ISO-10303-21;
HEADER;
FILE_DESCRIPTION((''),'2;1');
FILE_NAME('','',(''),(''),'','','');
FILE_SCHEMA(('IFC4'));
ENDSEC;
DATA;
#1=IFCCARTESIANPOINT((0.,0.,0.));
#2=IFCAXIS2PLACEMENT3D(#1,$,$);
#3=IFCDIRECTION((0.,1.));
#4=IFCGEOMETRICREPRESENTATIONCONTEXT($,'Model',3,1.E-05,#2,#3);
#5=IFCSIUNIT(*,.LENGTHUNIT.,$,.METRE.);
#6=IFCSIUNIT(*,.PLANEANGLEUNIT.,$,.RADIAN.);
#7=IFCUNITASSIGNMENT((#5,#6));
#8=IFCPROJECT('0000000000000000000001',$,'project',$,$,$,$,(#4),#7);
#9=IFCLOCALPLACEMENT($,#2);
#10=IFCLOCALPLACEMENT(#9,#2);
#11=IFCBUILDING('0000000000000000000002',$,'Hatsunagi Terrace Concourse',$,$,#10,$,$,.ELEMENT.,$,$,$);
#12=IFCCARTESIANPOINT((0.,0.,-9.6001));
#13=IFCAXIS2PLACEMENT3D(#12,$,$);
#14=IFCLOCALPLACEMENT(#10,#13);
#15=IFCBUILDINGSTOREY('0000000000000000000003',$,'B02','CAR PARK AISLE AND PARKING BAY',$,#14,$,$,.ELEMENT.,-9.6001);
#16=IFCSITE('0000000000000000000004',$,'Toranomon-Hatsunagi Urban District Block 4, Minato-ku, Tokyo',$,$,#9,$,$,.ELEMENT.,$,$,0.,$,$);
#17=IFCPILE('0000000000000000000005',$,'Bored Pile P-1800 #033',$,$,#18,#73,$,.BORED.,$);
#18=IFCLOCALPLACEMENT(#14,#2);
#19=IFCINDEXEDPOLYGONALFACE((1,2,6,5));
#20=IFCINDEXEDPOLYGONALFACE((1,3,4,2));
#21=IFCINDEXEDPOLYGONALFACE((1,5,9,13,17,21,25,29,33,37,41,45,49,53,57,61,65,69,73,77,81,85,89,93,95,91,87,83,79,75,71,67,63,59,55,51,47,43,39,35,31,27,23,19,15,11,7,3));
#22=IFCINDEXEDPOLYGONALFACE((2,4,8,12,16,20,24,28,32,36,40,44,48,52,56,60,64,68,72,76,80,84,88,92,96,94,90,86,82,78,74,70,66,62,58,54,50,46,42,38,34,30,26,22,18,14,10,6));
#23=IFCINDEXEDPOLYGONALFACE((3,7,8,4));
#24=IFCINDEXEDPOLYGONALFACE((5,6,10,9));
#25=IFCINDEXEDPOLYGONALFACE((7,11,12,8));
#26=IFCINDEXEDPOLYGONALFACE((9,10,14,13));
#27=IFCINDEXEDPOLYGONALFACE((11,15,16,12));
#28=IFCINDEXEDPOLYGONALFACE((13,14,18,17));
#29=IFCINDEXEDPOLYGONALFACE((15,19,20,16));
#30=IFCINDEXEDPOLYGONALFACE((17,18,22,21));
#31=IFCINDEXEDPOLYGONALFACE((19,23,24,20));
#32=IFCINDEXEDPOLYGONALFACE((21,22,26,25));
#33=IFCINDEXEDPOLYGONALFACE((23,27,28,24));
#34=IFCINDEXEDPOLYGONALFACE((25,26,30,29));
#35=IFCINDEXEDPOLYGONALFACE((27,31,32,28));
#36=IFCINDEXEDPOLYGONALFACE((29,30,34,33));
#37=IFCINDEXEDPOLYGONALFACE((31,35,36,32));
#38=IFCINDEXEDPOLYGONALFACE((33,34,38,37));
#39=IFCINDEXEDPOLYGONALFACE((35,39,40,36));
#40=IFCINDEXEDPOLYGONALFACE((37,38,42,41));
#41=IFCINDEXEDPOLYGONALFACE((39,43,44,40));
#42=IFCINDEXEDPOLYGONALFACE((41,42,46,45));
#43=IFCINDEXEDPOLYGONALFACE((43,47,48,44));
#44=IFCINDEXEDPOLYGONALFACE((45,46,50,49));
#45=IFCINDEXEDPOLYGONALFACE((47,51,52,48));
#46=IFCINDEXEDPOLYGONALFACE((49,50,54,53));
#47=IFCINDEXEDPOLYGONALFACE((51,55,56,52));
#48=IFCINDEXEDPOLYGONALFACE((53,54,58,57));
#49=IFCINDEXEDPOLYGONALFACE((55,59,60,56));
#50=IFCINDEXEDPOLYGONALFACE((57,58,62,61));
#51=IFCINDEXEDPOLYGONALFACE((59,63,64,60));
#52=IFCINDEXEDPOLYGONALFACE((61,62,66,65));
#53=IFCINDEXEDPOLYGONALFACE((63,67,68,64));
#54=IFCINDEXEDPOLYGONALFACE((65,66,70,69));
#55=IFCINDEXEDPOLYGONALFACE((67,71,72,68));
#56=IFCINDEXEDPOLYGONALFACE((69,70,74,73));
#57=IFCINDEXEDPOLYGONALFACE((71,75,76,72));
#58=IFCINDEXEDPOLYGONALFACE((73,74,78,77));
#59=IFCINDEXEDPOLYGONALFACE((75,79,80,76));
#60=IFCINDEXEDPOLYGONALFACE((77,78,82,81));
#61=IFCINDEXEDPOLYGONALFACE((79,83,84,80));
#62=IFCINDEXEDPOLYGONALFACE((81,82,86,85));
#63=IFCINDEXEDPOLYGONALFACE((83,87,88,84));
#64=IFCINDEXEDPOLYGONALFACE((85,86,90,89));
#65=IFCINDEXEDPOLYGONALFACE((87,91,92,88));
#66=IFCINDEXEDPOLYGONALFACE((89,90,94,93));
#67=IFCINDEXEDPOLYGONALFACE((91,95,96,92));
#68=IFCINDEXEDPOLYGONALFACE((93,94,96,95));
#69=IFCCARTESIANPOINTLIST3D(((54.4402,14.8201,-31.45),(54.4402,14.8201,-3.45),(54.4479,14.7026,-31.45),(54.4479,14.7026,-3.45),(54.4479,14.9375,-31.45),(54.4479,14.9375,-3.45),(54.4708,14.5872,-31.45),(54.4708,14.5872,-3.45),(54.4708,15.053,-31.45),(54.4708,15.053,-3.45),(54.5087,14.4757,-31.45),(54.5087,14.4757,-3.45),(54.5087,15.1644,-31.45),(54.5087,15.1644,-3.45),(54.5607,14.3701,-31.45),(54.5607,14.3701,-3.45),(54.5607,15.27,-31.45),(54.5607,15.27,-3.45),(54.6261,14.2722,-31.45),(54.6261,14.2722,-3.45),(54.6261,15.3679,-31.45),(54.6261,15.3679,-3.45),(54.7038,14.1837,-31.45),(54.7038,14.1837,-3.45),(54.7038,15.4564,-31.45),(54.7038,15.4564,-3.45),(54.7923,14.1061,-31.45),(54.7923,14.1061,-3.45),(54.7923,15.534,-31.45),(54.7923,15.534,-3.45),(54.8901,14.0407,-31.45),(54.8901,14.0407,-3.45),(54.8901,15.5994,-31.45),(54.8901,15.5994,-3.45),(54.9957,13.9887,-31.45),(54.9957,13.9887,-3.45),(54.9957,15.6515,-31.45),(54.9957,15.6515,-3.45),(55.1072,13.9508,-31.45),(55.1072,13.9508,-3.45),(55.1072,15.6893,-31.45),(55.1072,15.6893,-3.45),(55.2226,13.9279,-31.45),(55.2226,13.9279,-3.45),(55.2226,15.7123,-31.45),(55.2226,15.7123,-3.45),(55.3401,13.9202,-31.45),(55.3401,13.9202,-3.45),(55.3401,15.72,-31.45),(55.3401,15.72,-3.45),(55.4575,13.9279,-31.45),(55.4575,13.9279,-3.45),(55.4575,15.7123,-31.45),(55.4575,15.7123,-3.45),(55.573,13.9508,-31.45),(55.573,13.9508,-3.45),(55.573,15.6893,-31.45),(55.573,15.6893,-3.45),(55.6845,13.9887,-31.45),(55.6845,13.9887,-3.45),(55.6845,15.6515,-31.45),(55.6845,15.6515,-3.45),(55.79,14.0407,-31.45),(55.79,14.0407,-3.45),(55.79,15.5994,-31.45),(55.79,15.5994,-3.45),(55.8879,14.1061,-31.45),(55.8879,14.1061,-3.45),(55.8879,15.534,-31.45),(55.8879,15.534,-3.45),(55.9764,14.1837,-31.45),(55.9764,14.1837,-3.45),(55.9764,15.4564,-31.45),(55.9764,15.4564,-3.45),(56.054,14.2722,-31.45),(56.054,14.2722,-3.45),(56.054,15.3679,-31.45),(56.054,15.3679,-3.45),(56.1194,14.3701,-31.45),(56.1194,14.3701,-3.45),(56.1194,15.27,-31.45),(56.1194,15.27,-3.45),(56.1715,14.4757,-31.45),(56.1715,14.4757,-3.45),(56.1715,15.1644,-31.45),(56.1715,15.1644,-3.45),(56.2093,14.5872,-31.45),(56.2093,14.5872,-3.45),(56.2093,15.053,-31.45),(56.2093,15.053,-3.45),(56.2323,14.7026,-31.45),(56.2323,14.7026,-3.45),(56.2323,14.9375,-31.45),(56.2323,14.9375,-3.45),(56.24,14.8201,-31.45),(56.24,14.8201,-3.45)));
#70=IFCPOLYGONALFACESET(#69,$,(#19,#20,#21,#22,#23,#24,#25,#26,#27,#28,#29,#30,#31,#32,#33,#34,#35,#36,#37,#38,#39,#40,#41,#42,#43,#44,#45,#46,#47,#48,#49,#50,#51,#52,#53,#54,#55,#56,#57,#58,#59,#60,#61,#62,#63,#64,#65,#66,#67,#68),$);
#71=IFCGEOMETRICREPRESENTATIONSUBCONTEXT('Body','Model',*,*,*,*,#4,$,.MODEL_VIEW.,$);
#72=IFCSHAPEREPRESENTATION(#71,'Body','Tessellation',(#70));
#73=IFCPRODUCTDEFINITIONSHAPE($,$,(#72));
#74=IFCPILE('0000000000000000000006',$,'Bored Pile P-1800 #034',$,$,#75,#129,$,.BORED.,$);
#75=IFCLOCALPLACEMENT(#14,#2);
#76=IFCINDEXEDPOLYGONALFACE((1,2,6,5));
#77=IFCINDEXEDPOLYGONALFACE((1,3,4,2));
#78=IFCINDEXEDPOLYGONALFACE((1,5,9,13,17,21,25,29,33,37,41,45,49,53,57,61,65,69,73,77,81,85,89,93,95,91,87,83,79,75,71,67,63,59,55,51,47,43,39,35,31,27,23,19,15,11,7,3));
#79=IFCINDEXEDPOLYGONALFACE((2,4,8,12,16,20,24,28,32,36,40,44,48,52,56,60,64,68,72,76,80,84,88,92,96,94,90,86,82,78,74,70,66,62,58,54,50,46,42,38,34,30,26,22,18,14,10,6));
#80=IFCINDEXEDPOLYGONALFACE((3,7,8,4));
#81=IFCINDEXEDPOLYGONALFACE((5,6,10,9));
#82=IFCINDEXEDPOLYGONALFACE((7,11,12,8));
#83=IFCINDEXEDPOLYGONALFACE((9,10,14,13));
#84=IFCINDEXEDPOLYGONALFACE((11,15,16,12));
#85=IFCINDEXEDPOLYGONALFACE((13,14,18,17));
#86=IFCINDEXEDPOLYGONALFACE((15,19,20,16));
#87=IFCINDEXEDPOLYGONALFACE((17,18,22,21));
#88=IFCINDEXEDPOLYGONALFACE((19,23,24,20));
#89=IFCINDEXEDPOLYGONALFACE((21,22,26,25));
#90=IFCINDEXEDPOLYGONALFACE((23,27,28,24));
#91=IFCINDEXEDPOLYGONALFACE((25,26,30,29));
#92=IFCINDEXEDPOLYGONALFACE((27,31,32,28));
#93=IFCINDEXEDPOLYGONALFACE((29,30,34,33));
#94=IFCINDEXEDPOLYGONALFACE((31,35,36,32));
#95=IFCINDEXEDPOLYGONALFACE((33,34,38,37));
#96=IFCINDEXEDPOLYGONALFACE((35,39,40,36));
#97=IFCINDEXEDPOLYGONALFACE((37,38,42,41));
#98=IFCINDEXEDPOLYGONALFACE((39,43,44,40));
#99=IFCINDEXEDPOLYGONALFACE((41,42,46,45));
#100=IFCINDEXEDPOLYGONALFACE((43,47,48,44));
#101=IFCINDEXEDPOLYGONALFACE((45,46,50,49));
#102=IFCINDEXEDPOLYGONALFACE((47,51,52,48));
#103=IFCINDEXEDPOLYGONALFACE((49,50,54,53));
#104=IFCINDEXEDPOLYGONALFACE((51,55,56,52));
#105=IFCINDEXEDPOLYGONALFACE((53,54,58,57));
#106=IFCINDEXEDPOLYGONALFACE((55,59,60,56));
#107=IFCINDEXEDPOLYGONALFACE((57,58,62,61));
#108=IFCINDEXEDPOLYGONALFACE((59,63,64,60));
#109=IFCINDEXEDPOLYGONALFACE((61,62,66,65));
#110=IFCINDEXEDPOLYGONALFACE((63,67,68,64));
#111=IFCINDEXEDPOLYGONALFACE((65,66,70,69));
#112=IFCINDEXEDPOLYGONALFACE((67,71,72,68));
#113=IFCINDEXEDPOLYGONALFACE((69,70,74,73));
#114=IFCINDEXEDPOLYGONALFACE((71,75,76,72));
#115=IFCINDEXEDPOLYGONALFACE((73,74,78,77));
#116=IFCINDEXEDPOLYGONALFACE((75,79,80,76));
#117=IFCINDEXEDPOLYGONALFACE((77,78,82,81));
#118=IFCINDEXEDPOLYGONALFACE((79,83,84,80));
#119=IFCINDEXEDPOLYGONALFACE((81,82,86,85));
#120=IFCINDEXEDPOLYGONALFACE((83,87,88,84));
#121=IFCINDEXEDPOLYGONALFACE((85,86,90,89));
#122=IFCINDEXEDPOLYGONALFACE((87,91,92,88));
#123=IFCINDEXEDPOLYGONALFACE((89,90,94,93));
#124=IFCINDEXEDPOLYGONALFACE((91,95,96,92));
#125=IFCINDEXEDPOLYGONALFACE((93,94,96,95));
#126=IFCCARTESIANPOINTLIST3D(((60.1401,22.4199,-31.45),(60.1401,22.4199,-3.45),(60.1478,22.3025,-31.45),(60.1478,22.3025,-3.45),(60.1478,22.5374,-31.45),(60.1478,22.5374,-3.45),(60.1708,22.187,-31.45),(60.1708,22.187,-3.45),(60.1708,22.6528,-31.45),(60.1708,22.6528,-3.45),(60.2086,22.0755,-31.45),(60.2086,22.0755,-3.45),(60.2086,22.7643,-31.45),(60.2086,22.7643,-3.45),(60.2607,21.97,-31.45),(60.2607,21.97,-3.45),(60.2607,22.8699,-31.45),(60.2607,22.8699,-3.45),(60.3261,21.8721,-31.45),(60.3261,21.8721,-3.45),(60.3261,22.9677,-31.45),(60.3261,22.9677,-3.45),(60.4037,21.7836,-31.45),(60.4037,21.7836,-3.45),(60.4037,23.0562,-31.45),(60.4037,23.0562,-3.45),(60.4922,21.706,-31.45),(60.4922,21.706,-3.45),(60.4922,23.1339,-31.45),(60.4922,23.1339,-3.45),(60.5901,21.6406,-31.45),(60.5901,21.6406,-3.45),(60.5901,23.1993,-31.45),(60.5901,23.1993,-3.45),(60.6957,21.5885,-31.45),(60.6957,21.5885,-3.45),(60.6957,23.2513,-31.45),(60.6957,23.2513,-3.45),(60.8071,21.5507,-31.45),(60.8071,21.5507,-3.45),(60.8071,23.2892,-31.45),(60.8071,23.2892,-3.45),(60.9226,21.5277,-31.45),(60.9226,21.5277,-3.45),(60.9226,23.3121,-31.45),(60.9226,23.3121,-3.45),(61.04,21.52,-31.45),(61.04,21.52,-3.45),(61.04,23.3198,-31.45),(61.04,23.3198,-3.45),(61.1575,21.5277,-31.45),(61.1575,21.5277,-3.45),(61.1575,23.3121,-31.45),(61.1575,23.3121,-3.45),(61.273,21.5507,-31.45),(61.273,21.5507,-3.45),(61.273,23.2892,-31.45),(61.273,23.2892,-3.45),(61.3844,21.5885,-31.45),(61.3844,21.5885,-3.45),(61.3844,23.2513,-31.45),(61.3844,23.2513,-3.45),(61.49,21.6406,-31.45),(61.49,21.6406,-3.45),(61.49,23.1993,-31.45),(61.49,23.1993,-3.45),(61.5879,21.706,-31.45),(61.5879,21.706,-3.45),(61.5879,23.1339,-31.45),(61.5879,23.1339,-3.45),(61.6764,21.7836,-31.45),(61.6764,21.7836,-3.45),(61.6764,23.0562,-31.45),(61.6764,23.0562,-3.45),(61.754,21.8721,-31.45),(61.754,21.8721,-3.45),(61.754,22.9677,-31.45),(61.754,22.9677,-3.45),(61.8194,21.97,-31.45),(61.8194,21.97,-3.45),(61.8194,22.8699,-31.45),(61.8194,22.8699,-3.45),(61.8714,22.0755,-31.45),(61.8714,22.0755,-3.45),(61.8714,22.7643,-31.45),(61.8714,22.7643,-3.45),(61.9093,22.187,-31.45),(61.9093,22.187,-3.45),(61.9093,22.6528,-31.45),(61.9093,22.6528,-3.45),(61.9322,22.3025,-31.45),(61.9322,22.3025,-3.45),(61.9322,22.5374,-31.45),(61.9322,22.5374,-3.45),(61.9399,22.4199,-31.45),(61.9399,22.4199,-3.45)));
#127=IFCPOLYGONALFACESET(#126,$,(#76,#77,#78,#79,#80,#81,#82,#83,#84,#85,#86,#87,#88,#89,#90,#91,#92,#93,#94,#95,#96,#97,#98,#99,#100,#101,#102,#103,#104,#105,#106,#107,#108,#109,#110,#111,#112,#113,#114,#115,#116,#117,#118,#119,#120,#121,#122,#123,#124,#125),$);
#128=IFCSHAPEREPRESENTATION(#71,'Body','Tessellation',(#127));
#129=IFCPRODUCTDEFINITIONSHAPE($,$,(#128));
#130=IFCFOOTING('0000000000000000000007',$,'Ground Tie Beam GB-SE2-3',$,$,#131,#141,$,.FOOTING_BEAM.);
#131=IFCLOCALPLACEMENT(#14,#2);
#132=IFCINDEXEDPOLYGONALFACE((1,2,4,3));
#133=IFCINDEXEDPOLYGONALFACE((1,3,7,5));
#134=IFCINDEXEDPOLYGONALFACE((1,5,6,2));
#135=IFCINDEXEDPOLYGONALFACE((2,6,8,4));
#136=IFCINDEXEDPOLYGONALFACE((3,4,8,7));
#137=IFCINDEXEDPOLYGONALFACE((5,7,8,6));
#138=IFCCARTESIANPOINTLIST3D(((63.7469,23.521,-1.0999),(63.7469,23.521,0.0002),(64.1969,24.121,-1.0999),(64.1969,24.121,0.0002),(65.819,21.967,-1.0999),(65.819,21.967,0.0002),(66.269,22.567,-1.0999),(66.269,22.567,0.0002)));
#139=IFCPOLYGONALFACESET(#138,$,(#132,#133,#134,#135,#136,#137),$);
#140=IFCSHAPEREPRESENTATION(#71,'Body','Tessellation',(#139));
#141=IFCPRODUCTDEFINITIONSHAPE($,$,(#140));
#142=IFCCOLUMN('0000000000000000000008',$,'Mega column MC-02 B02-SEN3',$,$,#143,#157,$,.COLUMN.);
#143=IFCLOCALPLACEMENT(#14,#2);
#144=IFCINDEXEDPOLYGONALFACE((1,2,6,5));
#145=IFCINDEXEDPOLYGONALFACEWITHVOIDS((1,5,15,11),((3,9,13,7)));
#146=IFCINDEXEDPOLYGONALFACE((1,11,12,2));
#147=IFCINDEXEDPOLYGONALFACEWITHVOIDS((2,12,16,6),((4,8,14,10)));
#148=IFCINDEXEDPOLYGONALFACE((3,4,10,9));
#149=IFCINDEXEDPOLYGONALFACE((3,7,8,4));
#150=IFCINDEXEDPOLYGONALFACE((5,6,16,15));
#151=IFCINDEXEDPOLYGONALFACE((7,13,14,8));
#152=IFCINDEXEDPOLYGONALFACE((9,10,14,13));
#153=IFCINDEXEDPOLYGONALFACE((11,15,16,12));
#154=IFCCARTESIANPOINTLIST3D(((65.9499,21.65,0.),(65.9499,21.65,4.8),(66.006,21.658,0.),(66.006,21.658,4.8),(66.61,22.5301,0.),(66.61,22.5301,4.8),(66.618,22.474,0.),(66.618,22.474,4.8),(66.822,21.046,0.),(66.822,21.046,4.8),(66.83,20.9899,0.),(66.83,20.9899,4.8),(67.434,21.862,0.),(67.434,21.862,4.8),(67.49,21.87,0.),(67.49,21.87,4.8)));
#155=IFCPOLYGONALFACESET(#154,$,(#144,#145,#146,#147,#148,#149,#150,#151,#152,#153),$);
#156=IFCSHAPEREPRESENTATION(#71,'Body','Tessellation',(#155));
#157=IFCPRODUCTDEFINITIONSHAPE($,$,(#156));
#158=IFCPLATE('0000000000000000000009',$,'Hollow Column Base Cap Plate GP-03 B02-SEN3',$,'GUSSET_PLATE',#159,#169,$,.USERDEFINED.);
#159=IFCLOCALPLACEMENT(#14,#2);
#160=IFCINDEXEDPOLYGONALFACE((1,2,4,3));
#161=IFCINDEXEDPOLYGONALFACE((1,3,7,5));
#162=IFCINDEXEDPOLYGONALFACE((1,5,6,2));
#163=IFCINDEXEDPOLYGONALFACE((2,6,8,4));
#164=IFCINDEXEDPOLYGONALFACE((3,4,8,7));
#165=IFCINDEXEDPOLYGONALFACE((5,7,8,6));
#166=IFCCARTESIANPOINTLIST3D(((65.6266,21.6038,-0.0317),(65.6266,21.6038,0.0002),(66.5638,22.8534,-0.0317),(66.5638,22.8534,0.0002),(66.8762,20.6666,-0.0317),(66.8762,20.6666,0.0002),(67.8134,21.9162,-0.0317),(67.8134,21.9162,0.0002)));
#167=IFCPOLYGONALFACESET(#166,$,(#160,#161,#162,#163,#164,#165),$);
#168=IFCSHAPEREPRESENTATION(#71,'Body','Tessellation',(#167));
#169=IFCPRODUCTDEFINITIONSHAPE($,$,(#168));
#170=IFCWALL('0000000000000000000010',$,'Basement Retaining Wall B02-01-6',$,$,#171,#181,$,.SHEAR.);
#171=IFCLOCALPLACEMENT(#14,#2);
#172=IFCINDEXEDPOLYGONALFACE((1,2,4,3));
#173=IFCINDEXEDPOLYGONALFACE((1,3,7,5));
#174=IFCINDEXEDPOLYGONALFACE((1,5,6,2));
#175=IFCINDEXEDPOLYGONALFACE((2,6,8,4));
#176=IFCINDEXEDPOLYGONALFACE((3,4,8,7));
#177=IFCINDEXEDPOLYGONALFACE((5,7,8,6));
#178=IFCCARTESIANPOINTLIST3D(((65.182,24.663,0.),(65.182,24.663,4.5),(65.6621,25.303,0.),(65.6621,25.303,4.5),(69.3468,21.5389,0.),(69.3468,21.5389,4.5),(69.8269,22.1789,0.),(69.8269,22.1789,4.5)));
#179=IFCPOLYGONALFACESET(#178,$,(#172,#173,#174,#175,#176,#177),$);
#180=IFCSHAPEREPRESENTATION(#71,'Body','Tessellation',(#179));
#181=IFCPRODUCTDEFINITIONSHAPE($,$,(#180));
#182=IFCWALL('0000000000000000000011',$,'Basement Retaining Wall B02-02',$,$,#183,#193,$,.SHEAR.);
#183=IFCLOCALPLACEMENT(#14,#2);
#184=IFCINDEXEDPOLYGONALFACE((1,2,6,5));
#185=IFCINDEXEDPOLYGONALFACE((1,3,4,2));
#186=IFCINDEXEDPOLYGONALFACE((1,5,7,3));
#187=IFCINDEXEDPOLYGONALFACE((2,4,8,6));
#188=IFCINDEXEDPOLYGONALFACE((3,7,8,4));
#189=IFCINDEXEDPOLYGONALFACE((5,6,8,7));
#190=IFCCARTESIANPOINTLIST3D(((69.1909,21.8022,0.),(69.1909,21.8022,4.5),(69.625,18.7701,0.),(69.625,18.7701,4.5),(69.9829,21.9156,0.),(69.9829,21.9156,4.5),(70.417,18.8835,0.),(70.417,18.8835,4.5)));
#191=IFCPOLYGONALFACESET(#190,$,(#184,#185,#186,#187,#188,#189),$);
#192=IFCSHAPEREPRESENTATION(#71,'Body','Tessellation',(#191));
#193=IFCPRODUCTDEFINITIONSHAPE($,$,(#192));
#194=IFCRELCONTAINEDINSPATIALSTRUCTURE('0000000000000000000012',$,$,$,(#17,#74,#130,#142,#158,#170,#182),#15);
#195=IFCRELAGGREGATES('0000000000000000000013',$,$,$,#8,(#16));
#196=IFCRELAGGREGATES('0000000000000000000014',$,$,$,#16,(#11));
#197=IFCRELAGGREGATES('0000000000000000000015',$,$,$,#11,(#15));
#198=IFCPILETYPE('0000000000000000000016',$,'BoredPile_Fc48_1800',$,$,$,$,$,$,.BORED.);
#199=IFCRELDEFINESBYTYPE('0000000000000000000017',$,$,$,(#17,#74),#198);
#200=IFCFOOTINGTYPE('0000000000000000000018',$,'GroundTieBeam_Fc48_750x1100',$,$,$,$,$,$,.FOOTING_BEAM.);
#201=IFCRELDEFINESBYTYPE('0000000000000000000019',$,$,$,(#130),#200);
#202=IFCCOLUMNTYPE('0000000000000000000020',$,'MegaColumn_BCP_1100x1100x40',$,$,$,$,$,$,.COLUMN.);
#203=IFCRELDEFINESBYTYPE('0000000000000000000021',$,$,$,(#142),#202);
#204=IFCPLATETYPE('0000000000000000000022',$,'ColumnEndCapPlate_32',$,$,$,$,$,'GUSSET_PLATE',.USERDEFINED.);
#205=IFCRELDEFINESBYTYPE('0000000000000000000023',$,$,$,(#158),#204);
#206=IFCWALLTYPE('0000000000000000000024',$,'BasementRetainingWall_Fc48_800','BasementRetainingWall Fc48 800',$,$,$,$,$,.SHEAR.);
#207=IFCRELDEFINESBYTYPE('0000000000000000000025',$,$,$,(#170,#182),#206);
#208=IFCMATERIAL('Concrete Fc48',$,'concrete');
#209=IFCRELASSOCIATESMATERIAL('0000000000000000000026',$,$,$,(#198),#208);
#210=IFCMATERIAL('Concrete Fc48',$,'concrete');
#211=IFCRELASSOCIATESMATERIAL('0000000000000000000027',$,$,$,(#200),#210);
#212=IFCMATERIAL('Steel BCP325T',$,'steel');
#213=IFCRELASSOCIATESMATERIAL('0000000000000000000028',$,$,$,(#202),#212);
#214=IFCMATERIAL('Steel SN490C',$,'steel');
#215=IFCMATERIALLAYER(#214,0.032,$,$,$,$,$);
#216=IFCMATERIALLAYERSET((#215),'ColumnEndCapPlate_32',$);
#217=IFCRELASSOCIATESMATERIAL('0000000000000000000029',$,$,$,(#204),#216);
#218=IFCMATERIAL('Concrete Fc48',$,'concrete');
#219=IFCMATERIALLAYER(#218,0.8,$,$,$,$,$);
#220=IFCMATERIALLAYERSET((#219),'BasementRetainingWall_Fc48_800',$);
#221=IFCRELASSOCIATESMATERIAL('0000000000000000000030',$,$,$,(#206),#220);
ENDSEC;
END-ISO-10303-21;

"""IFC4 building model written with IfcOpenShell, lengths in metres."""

from ifc_helpers import new_model, si_unit, direction, frame, frame_2d, origin, origin_2d, place, context, subcontext, project, spatial, rectangle, hollow_rectangle, circle, extrude, material, layer, layer_set, material_profile, profile_set, type_object, element, save


model = new_model("IFC4")

# Units and contexts
model_context = context("Model", 3, precision=1e-05, world=origin(), true_north=direction((0.0, 1.0)))
body_context = subcontext(model_context, "Body", "Model", "MODEL_VIEW")
ifc_project = project(units=[si_unit("LENGTHUNIT", "METRE"), si_unit("PLANEANGLEUNIT", "RADIAN")], contexts=[model_context])

# Site, building, storey
site_placement = place(None, origin())
site = spatial("IfcSite", under=ifc_project, at=site_placement, Name="Toranomon-Hatsunagi Urban District Block 4, Minato-ku, Tokyo", CompositionType="ELEMENT", RefElevation=0.0)
building_placement = place(site_placement, origin())
building = spatial("IfcBuilding", under=site, at=building_placement, Name="Hatsunagi Terrace Concourse", CompositionType="ELEMENT")
storey_placement = place(building_placement, frame((0.0, 0.0, -9.6001)))
storey = spatial("IfcBuildingStorey", under=building, at=storey_placement, Name="B02", Description="CAR PARK AISLE AND PARKING BAY", CompositionType="ELEMENT", Elevation=-9.6001)

# Piles
ifc_material_1 = material(Name="Concrete Fc48", Category="concrete")
ifc_material_profile_1 = material_profile(ifc_material_1, circle(Radius=0.8999, at=origin_2d()), Name="PILE-1800")
ifc_profile_set_1 = profile_set([ifc_material_profile_1], Name="Concrete Fc48")
pile_type_1 = type_object("IfcPileType", Name="BoredPile_Fc48_1800", PredefinedType="BORED", material=ifc_profile_set_1)
for number, where, z_axis, x_axis, name in (
    (1, (55.3401, 14.8201, -3.45), (0.0, 0.0, -1.0), (1.0, 0.0, 0.0), "Bored Pile P-1800 #033"),
    (2, (61.04, 22.4199, -3.45), (0.0, 0.0, -1.0), (1.0, 0.0, 0.0), "Bored Pile P-1800 #034"),
):
    element("IfcPile", number, at=place(storey_placement, frame(where, z_axis=z_axis, x_axis=x_axis)), inside=storey, type_object=pile_type_1, Name=name, PredefinedType="BORED", context=body_context, shape_type="SweptSolid", body=[
        extrude(circle(Radius=0.8999, at=origin_2d()), origin(), (0.0, 0.0, 1.0), 28.0),
    ])

# Footing
ifc_material_2 = material(Name="Concrete Fc48", Category="concrete")
ifc_material_profile_2 = material_profile(ifc_material_2, rectangle(XDim=0.75, YDim=1.1001, at=origin_2d()), Name="RC-750x1100")
ifc_profile_set_2 = profile_set([ifc_material_profile_2], Name="Concrete Fc48")
footing_type = type_object("IfcFootingType", Name="GroundTieBeam_Fc48_750x1100", PredefinedType="FOOTING_BEAM", material=ifc_profile_set_2)
footing_placement = place(storey_placement, frame((63.9719, 23.821, -0.5498), z_axis=(0.800011, -0.599985, 0.0), x_axis=(0.599985, 0.800011, 0.0)))
element("IfcFooting", 3, at=footing_placement, inside=storey, type_object=footing_type, Name="Ground Tie Beam GB-SE2-3", PredefinedType="FOOTING_BEAM", context=body_context, shape_type="SweptSolid", body=[
    extrude(rectangle(XDim=0.75, YDim=1.1001, at=origin_2d()), origin(), (0.0, 0.0, 1.0), 2.5901),
])

# Column
ifc_material_3 = material(Name="Steel BCP325T", Category="steel")
ifc_material_profile_3 = material_profile(ifc_material_3, hollow_rectangle(XDim=1.1001, YDim=1.1001, WallThickness=0.04, at=origin_2d()), Name="BCP-1100x1100x40")
ifc_profile_set_3 = profile_set([ifc_material_profile_3], Name="Steel BCP325T")
column_type = type_object("IfcColumnType", Name="MegaColumn_BCP_1100x1100x40", PredefinedType="COLUMN", material=ifc_profile_set_3)
column_placement = place(storey_placement, frame((66.72, 21.76, 0.0), z_axis=(0.0, 0.0, 1.0), x_axis=(0.8, -0.6, 0.0)))
element("IfcColumn", 4, at=column_placement, inside=storey, type_object=column_type, Name="Mega column MC-02 B02-SEN3", PredefinedType="COLUMN", context=body_context, shape_type="SweptSolid", body=[
    extrude(hollow_rectangle(XDim=1.1001, YDim=1.1001, WallThickness=0.04, at=origin_2d()), origin(), (0.0, 0.0, 1.0), 4.8),
])

# Plate
ifc_material_4 = material(Name="Steel SN490C", Category="steel")
ifc_layer_1 = layer(ifc_material_4, 0.032)
ifc_layer_set_1 = layer_set([ifc_layer_1], Name="ColumnEndCapPlate_32")
plate_type = type_object("IfcPlateType", Name="ColumnEndCapPlate_32", ElementType="GUSSET_PLATE", PredefinedType="USERDEFINED", material=ifc_layer_set_1)
plate_placement = place(storey_placement, frame((66.72, 21.76, -0.0317), z_axis=(0.0, 0.0, 1.0), x_axis=(0.8, -0.6, 0.0)))
element("IfcPlate", 5, at=plate_placement, inside=storey, type_object=plate_type, Name="Hollow Column Base Cap Plate GP-03 B02-SEN3", ObjectType="GUSSET_PLATE", PredefinedType="USERDEFINED", context=body_context, shape_type="SweptSolid", body=[
    extrude(rectangle(XDim=1.562, YDim=1.562, at=origin_2d()), origin(), (0.0, 0.0, 1.0), 0.032),
])

# Walls
ifc_material_5 = material(Name="Concrete Fc48", Category="concrete")
ifc_layer_2 = layer(ifc_material_5, 0.8)
ifc_layer_set_2 = layer_set([ifc_layer_2], Name="BasementRetainingWall_Fc48_800")
wall_type_1 = type_object("IfcWallType", Name="BasementRetainingWall_Fc48_800", Description="BasementRetainingWall Fc48 800", PredefinedType="SHEAR", material=ifc_layer_set_2)
wall_1_placement = place(storey_placement, frame((65.4221, 24.9829, 0.0), z_axis=(0.0, 0.0, 1.0), x_axis=(0.799961, -0.600053, 0.0)))
element("IfcWall", 6, at=wall_1_placement, inside=storey, type_object=wall_type_1, Name="Basement Retaining Wall B02-01-6", PredefinedType="SHEAR", context=body_context, shape_type="SweptSolid", body=[
    extrude(rectangle(XDim=5.2063, YDim=0.8, at=frame_2d((2.603, 0.0))), origin(), (0.0, 0.0, 1.0), 4.5),
])
wall_2_placement = place(storey_placement, frame((69.5869, 21.8589, 0.0), z_axis=(0.0, 0.0, 1.0), x_axis=(0.141723, -0.989906, 0.0)))
element("IfcWall", 7, at=wall_2_placement, inside=storey, type_object=wall_type_1, Name="Basement Retaining Wall B02-02", PredefinedType="SHEAR", context=body_context, shape_type="SweptSolid", body=[
    extrude(rectangle(XDim=3.063, YDim=0.8, at=frame_2d((1.5315, 0.0))), origin(), (0.0, 0.0, 1.0), 4.5),
])

save(model, "model.ifc")
